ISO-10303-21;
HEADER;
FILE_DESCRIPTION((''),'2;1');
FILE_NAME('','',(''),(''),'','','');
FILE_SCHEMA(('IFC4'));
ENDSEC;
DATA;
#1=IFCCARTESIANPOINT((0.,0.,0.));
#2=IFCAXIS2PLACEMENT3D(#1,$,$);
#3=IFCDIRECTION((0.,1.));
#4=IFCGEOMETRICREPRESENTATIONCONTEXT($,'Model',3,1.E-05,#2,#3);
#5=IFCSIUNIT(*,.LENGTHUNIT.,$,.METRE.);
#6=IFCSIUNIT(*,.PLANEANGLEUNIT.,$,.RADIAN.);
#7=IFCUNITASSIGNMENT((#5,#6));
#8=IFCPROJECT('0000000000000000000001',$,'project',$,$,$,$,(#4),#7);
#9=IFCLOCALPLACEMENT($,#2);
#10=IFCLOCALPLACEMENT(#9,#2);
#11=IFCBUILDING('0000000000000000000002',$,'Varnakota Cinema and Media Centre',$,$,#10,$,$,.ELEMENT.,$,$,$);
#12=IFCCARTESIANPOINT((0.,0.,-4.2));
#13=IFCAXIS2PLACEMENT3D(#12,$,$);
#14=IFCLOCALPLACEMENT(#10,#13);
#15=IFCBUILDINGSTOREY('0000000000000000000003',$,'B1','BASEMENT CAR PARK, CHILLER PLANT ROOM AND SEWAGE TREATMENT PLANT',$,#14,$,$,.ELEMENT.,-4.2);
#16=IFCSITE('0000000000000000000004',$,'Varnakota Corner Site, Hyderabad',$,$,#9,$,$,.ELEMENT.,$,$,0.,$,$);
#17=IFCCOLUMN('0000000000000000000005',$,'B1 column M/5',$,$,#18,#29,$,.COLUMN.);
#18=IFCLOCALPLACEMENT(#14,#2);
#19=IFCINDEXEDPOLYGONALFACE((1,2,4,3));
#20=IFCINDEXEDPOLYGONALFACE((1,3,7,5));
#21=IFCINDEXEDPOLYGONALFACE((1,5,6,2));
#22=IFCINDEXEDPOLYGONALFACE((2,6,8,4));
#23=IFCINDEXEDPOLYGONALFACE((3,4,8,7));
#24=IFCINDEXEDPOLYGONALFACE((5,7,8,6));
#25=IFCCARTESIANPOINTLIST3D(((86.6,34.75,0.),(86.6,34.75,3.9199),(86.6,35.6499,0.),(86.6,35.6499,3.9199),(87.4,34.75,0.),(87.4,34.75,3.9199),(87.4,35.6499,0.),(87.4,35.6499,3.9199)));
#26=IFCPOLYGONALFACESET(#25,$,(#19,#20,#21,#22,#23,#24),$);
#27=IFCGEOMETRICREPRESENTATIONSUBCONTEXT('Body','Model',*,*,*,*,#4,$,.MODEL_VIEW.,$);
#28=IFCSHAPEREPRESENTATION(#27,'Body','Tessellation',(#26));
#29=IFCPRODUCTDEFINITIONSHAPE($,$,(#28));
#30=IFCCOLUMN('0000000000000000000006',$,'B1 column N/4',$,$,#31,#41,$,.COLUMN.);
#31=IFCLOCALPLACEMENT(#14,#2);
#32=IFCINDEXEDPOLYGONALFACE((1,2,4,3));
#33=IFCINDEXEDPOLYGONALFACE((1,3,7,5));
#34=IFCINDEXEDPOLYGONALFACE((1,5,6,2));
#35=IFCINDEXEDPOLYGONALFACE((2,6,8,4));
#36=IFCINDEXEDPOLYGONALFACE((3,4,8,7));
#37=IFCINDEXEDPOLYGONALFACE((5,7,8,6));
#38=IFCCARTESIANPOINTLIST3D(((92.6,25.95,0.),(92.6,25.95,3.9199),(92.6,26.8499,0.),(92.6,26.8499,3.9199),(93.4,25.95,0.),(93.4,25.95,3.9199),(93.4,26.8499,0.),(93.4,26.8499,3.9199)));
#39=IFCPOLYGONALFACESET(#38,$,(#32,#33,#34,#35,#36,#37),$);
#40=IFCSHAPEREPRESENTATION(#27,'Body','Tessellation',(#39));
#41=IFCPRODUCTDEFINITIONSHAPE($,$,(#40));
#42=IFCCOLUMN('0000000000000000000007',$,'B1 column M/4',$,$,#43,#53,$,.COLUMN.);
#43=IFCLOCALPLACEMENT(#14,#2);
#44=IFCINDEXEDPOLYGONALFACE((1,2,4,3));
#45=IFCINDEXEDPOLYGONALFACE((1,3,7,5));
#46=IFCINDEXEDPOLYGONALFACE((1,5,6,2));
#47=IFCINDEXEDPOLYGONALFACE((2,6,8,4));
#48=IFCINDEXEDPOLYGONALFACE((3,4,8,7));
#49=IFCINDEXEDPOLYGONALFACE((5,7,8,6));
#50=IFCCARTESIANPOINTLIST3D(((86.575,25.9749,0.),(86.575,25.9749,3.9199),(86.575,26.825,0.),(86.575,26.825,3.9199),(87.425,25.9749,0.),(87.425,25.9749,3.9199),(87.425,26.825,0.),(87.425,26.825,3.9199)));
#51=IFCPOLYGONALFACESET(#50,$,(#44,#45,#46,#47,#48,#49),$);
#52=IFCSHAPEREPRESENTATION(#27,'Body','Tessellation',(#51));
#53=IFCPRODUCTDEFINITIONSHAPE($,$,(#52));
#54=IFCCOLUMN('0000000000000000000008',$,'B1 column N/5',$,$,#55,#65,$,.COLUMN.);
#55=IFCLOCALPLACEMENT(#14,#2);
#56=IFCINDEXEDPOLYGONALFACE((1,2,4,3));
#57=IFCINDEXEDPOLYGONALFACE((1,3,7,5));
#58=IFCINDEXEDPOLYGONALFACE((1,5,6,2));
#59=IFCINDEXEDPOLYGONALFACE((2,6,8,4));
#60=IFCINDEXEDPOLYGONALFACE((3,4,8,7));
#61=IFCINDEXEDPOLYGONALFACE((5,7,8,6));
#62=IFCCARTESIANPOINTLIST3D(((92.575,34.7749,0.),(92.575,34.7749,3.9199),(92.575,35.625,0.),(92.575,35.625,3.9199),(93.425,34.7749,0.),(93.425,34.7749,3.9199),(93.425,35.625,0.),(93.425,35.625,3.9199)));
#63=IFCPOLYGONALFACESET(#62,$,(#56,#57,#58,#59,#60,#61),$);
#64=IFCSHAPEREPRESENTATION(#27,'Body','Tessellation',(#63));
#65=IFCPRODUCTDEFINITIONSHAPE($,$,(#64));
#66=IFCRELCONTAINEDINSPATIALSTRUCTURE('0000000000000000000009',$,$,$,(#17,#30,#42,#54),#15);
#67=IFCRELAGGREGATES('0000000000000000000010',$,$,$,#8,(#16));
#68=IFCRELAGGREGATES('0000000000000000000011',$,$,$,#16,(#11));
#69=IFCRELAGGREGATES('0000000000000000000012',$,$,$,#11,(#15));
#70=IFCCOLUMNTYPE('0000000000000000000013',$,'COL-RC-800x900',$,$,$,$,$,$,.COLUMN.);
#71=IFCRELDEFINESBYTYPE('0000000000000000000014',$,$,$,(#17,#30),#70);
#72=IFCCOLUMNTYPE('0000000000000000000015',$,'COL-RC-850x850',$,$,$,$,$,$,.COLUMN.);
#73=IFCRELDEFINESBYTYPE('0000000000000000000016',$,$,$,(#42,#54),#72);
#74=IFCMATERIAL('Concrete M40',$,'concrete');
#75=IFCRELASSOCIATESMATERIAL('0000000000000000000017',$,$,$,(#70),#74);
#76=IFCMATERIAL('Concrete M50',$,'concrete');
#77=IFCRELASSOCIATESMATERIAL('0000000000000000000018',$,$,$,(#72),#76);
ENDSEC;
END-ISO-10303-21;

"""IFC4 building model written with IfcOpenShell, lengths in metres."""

from ifc_helpers import new_model, si_unit, direction, frame, origin, origin_2d, place, context, subcontext, project, spatial, rectangle, extrude, material, material_profile, profile_set, type_object, element, save


model = new_model("IFC4")

# Units and contexts
model_context = context("Model", 3, precision=1e-05, world=origin(), true_north=direction((0.0, 1.0)))
body_context = subcontext(model_context, "Body", "Model", "MODEL_VIEW")
ifc_project = project(units=[si_unit("LENGTHUNIT", "METRE"), si_unit("PLANEANGLEUNIT", "RADIAN")], contexts=[model_context])

# Site, building, storey
site_placement = place(None, origin())
site = spatial("IfcSite", under=ifc_project, at=site_placement, Name="Varnakota Corner Site, Hyderabad", CompositionType="ELEMENT", RefElevation=0.0)
building_placement = place(site_placement, origin())
building = spatial("IfcBuilding", under=site, at=building_placement, Name="Varnakota Cinema and Media Centre", CompositionType="ELEMENT")
storey_placement = place(building_placement, frame((0.0, 0.0, -4.2)))
storey = spatial("IfcBuildingStorey", under=building, at=storey_placement, Name="B1", Description="BASEMENT CAR PARK, CHILLER PLANT ROOM AND SEWAGE TREATMENT PLANT", CompositionType="ELEMENT", Elevation=-4.2)

# Columns
ifc_material_1 = material(Name="Concrete M40", Category="concrete")
ifc_material_profile_1 = material_profile(ifc_material_1, rectangle(XDim=0.8, YDim=0.8999, at=origin_2d()), Name="RC 800x900")
ifc_profile_set_1 = profile_set([ifc_material_profile_1], Name="Concrete M40")
column_type_1 = type_object("IfcColumnType", Name="COL-RC-800x900", PredefinedType="COLUMN", material=ifc_profile_set_1)
for number, where, z_axis, x_axis, name in (
    (1, (87.0, 35.2, 0.0), (0.0, 0.0, 1.0), (1.0, 0.0, 0.0), "B1 column M/5"),
    (2, (93.0, 26.3999, 0.0), (0.0, 0.0, 1.0), (1.0, 0.0, 0.0), "B1 column N/4"),
):
    element("IfcColumn", number, at=place(storey_placement, frame(where, z_axis=z_axis, x_axis=x_axis)), inside=storey, type_object=column_type_1, Name=name, PredefinedType="COLUMN", context=body_context, shape_type="SweptSolid", body=[
        extrude(rectangle(XDim=0.8, YDim=0.8999, at=origin_2d()), origin(), (0.0, 0.0, 1.0), 3.9199),
    ])
ifc_material_2 = material(Name="Concrete M50", Category="concrete")
ifc_material_profile_2 = material_profile(ifc_material_2, rectangle(XDim=0.8501, YDim=0.8501, at=origin_2d()), Name="RC 850x850")
ifc_profile_set_2 = profile_set([ifc_material_profile_2], Name="Concrete M50")
column_type_2 = type_object("IfcColumnType", Name="COL-RC-850x850", PredefinedType="COLUMN", material=ifc_profile_set_2)
for number, where, z_axis, x_axis, name in (
    (3, (87.0, 26.3999, 0.0), (0.0, 0.0, 1.0), (1.0, 0.0, 0.0), "B1 column M/4"),
    (4, (93.0, 35.2, 0.0), (0.0, 0.0, 1.0), (1.0, 0.0, 0.0), "B1 column N/5"),
):
    element("IfcColumn", number, at=place(storey_placement, frame(where, z_axis=z_axis, x_axis=x_axis)), inside=storey, type_object=column_type_2, Name=name, PredefinedType="COLUMN", context=body_context, shape_type="SweptSolid", body=[
        extrude(rectangle(XDim=0.8501, YDim=0.8501, at=origin_2d()), origin(), (0.0, 0.0, 1.0), 3.9199),
    ])

save(model, "model.ifc")
